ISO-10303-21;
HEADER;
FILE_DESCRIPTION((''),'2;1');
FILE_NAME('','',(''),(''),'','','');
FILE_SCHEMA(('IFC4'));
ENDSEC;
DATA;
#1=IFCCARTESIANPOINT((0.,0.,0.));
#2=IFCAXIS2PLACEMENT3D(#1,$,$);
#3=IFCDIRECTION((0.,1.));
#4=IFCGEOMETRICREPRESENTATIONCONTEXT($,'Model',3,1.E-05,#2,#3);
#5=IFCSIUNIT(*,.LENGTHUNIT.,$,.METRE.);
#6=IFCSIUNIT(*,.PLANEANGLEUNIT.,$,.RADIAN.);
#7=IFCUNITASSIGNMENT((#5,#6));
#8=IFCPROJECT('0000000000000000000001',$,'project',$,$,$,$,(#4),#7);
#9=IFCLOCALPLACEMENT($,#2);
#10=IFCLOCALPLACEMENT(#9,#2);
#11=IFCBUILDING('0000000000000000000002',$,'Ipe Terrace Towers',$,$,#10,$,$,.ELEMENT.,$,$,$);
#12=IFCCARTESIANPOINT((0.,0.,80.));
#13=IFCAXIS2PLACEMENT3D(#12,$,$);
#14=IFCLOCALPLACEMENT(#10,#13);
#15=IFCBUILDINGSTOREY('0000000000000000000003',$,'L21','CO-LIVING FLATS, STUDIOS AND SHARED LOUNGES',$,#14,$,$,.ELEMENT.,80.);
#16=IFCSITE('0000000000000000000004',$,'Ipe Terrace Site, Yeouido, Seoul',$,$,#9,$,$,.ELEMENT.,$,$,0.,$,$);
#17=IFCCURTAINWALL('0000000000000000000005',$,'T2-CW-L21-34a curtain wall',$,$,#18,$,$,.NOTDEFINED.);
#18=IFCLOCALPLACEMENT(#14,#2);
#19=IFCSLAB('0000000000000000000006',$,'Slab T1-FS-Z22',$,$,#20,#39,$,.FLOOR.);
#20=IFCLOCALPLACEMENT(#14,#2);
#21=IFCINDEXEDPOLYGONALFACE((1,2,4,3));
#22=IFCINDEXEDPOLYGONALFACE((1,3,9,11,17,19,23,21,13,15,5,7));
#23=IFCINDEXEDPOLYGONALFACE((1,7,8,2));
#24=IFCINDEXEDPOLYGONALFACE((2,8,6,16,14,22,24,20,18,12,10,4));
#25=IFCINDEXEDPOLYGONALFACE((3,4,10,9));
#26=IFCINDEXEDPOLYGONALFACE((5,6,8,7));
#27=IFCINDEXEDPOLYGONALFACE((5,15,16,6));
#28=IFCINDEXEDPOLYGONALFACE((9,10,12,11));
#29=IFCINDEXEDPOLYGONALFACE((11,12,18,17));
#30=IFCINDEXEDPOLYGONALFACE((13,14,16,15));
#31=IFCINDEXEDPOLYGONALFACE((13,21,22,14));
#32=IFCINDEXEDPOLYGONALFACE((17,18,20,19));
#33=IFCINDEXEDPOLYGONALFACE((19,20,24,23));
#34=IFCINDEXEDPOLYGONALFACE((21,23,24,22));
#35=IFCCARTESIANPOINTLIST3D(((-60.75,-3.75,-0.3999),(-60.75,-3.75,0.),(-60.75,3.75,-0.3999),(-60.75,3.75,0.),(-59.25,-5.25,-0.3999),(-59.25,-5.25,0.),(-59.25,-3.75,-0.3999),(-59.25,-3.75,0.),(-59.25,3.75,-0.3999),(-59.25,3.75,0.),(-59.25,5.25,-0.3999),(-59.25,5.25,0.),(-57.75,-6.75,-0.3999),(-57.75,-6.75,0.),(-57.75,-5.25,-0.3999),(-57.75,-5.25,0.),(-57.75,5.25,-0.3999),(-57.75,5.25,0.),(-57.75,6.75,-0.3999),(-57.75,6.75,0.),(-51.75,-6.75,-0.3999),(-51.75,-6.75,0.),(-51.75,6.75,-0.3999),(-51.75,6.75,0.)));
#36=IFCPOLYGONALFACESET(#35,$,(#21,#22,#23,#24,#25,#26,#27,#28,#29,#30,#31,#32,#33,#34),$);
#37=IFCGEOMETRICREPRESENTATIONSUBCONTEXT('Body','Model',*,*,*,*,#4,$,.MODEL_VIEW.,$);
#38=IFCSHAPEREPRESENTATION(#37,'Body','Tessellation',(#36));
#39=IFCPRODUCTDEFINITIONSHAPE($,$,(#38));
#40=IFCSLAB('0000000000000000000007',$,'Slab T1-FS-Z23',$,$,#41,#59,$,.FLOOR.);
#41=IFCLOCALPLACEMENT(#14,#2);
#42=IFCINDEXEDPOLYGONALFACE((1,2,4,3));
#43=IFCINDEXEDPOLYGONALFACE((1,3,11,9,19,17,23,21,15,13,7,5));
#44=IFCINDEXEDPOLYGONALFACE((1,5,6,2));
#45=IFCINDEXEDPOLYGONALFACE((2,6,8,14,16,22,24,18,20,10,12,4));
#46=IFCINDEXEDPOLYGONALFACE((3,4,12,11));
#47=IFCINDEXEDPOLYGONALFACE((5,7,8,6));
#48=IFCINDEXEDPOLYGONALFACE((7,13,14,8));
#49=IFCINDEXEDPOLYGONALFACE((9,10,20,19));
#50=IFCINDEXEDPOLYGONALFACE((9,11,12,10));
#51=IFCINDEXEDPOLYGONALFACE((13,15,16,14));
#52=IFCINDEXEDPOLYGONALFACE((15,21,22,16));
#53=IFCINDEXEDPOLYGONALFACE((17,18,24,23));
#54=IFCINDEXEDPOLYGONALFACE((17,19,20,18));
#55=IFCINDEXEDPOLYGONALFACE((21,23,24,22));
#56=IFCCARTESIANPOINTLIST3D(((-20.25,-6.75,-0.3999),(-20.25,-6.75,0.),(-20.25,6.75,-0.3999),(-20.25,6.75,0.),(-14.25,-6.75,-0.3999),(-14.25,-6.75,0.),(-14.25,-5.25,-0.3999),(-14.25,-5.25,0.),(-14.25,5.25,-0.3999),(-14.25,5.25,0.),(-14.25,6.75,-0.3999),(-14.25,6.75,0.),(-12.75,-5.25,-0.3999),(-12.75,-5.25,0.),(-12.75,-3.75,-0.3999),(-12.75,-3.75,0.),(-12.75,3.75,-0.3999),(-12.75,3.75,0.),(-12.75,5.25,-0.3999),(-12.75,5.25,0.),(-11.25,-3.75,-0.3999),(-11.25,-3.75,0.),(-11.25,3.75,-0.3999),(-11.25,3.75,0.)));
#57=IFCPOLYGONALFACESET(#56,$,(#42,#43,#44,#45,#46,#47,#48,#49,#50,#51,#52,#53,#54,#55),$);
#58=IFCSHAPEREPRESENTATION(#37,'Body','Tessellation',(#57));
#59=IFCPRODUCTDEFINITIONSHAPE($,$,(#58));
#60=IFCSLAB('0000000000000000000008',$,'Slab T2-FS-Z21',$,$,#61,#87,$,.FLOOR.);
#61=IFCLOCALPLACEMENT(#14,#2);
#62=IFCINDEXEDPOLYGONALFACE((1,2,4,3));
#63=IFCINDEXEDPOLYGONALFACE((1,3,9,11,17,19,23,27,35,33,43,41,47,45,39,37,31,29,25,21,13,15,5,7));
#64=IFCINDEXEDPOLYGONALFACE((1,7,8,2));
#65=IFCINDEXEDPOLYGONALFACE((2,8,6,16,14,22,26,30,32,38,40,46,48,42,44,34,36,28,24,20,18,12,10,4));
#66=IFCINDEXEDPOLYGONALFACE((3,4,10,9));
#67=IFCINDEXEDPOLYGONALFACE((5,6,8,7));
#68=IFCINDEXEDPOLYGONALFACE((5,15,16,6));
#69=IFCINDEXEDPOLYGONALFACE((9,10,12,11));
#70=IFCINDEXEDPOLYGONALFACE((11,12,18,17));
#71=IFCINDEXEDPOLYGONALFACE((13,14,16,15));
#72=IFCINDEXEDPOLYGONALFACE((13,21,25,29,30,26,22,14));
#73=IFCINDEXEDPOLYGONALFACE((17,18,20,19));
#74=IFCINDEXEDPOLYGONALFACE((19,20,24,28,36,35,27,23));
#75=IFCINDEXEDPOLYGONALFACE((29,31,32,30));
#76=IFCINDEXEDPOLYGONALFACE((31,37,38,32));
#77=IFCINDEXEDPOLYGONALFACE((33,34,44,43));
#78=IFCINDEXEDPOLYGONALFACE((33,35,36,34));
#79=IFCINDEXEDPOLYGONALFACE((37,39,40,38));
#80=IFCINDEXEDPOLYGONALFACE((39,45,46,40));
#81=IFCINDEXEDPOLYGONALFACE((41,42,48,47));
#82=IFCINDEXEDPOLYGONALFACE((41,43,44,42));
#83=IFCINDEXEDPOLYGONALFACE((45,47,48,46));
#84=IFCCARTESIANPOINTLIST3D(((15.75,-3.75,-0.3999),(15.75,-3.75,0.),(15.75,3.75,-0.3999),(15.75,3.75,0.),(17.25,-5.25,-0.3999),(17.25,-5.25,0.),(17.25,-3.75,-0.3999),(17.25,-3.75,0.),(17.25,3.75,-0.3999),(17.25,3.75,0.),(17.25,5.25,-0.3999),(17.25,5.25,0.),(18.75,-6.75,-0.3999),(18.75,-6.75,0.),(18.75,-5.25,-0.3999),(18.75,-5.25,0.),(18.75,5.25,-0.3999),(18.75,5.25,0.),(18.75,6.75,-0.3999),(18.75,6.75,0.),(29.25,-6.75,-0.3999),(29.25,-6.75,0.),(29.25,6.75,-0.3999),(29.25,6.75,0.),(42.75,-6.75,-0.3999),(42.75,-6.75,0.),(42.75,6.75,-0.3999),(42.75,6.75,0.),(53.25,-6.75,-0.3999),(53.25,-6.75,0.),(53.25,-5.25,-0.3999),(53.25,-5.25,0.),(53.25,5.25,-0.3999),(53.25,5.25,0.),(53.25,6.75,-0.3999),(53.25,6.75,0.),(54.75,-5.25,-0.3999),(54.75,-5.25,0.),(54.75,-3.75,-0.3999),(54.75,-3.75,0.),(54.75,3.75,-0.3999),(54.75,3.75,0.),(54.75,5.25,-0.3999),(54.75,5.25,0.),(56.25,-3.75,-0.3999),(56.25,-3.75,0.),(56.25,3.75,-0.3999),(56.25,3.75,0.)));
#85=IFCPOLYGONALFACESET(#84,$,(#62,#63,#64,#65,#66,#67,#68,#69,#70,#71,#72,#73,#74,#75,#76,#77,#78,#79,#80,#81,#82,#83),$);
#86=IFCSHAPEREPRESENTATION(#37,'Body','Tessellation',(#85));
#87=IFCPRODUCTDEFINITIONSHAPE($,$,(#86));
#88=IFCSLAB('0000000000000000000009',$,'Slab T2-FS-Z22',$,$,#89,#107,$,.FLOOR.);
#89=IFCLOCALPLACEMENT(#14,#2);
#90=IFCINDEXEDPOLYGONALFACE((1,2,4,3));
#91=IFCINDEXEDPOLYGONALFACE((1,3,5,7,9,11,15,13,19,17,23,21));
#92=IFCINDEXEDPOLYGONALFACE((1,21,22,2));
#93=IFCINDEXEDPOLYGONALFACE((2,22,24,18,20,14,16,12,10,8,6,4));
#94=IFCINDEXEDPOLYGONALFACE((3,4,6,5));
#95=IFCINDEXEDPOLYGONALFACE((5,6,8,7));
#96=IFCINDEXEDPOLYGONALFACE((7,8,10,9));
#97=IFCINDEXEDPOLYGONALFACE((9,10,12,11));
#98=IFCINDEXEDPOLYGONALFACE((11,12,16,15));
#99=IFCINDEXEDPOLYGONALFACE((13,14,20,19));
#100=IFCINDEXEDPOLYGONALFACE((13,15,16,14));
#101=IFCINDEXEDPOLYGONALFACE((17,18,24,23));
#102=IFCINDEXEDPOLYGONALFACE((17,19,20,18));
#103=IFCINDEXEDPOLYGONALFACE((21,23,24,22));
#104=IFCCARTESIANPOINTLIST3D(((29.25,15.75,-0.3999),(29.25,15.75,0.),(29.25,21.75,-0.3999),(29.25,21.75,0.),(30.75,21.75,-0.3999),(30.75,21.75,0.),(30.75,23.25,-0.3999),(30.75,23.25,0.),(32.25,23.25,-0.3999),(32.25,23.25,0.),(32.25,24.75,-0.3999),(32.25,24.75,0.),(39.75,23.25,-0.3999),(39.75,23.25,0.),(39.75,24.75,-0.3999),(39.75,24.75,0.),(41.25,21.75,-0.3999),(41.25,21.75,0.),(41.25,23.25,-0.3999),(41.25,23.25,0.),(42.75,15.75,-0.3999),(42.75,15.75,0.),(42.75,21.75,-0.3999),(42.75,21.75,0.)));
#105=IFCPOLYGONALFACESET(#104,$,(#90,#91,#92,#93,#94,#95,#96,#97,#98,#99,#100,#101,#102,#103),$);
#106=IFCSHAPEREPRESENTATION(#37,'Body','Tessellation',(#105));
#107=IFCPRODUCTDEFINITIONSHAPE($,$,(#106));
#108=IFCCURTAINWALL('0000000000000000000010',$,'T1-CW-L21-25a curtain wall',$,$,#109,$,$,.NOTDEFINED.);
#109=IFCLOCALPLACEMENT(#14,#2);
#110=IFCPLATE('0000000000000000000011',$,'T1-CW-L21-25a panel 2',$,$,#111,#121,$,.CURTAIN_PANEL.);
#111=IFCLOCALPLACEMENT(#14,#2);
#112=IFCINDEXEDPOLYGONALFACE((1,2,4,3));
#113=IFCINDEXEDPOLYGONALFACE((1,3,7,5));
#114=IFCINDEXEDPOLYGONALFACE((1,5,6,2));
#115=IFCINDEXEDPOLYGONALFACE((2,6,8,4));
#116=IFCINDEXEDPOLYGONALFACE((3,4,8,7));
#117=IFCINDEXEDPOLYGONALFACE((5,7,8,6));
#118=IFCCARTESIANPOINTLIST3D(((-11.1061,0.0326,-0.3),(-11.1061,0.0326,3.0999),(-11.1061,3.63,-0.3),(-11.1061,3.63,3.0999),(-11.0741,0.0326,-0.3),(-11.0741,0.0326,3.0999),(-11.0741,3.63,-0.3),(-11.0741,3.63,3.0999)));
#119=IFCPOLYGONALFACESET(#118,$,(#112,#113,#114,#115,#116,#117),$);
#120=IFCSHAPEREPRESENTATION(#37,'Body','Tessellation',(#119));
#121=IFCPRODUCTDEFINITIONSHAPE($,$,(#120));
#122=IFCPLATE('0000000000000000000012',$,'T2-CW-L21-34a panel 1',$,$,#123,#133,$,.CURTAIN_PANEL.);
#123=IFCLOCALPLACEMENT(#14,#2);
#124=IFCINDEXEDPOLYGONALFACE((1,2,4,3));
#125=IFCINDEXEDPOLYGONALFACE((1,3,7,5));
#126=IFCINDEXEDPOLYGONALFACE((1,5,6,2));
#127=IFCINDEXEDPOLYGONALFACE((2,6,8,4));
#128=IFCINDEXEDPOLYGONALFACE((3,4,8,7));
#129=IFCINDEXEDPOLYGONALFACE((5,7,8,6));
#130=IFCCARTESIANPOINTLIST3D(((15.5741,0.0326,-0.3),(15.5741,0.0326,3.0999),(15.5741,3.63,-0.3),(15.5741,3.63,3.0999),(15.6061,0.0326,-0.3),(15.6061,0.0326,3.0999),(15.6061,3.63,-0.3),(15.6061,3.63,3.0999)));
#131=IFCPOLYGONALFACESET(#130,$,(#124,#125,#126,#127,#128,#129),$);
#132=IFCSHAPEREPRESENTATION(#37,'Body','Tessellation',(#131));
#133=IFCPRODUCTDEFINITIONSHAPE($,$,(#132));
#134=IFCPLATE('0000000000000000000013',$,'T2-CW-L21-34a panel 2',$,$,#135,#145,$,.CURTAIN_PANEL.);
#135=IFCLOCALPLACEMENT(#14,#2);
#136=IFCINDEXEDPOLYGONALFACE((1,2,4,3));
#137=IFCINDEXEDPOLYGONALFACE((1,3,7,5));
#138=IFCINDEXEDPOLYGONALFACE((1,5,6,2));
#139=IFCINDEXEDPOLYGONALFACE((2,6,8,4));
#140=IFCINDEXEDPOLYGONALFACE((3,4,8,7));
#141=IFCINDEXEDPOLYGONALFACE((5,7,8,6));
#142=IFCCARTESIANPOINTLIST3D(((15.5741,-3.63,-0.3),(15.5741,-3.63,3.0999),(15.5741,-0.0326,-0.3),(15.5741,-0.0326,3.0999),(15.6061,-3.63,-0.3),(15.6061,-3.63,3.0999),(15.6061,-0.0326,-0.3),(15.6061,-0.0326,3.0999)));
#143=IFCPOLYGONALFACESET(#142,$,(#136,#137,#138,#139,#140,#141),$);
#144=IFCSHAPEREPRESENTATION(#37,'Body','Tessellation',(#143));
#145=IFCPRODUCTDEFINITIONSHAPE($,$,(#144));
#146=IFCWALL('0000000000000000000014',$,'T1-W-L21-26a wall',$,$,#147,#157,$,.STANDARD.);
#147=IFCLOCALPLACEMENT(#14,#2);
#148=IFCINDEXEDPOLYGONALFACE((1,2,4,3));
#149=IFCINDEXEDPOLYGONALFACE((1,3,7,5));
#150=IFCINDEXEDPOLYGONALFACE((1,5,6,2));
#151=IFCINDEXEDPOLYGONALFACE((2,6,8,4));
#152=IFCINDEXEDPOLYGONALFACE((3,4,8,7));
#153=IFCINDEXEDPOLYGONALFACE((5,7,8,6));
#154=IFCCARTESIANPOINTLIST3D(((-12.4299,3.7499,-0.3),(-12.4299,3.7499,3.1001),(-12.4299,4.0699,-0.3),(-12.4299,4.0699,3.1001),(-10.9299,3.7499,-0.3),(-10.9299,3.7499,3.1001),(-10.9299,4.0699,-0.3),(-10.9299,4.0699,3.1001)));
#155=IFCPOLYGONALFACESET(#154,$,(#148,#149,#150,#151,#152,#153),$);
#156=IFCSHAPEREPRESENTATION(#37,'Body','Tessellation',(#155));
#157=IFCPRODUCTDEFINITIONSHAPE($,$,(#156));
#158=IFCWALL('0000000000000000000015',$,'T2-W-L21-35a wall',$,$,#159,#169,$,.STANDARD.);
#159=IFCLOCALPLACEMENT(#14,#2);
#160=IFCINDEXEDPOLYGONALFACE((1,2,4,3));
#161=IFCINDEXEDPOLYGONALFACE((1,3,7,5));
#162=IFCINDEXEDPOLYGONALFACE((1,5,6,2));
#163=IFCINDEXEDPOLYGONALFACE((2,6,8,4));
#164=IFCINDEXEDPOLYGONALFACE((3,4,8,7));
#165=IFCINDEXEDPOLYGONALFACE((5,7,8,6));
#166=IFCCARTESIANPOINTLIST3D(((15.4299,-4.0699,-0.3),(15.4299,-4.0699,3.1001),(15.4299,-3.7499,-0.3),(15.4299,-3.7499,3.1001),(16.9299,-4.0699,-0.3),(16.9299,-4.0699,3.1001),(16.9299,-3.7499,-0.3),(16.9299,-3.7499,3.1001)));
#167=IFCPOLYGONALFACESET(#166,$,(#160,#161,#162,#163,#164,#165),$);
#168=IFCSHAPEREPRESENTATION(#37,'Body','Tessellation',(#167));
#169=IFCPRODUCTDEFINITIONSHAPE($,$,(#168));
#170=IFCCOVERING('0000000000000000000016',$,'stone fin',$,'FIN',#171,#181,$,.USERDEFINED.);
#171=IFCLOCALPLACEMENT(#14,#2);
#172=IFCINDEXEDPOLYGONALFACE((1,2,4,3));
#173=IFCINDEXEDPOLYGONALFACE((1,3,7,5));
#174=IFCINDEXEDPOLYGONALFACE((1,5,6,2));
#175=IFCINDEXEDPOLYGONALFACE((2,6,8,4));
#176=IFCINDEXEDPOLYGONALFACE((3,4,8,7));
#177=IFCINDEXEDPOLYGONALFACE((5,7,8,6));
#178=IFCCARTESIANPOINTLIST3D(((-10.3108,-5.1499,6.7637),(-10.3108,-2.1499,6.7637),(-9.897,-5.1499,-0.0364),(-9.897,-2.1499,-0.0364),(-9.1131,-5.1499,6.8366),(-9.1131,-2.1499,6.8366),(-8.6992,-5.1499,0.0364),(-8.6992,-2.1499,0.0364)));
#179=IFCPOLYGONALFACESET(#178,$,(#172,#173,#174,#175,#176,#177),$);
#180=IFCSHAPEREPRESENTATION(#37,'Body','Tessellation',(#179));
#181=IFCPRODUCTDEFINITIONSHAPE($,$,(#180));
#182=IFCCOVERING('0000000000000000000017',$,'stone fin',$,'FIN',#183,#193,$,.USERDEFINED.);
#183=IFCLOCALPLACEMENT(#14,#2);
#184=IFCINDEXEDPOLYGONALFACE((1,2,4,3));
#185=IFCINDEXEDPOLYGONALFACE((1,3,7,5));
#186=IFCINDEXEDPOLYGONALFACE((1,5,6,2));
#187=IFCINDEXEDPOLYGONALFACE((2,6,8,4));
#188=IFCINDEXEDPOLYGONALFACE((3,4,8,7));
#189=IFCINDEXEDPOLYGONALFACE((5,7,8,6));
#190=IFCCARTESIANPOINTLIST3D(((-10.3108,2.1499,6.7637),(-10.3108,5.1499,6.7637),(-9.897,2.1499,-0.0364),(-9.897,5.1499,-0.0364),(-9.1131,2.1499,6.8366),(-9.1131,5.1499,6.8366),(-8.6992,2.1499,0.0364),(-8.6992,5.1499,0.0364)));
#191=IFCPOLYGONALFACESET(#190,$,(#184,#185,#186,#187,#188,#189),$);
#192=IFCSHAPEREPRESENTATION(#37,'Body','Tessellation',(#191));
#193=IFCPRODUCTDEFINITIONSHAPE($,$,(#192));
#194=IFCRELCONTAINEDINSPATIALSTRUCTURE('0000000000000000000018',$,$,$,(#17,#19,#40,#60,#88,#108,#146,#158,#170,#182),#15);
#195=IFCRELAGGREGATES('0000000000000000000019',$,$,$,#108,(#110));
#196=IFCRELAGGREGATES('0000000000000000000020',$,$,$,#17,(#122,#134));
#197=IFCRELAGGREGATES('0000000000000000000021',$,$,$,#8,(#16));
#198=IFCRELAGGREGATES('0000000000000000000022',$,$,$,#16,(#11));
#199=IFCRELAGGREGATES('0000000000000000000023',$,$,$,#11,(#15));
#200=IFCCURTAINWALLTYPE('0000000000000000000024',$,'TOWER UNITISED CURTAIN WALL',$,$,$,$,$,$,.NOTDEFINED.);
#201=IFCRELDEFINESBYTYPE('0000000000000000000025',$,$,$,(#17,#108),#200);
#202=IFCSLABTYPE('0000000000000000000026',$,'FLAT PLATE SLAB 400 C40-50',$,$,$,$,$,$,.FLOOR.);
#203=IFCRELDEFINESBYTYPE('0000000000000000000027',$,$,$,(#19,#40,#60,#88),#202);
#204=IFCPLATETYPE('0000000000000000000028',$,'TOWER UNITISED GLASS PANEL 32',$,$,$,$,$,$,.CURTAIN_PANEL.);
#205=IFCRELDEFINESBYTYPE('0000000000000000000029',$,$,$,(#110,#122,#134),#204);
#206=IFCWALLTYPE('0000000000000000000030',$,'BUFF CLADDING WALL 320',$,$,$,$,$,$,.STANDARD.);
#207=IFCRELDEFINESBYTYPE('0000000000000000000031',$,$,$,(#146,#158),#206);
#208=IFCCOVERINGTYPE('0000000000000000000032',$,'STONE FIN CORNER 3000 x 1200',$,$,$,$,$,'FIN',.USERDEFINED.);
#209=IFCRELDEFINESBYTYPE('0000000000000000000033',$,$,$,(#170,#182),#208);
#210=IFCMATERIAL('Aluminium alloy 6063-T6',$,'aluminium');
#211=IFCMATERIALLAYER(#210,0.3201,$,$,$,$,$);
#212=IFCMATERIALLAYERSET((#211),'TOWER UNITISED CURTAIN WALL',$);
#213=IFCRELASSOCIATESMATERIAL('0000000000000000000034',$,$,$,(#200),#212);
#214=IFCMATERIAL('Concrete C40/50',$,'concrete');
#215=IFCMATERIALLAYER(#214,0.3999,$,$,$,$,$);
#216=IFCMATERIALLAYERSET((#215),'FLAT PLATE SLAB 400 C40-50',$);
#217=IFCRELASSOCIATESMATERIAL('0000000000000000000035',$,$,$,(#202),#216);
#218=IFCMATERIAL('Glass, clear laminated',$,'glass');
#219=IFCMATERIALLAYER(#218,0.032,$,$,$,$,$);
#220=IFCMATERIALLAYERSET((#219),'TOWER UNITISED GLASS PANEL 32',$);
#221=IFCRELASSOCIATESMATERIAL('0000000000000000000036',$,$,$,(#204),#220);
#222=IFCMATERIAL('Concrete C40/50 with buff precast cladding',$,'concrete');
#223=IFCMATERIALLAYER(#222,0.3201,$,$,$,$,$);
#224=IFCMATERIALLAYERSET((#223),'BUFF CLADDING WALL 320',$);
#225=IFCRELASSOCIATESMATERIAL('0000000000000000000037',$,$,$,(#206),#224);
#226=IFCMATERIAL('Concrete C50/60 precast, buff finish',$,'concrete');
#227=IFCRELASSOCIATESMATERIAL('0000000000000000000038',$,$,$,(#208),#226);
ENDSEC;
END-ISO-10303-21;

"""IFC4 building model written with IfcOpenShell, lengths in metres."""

from ifc_helpers import new_model, si_unit, direction, frame, frame_2d, origin, origin_2d, place, context, subcontext, project, spatial, polyline, rectangle, outline, extrude, material, layer, layer_set, material_profile, profile_set, type_object, element, aggregate, save


model = new_model("IFC4")

# Units and contexts
model_context = context("Model", 3, precision=1e-05, world=origin(), true_north=direction((0.0, 1.0)))
body_context = subcontext(model_context, "Body", "Model", "MODEL_VIEW")
ifc_project = project(units=[si_unit("LENGTHUNIT", "METRE"), si_unit("PLANEANGLEUNIT", "RADIAN")], contexts=[model_context])

# Site, building, storey
site_placement = place(None, origin())
site = spatial("IfcSite", under=ifc_project, at=site_placement, Name="Ipe Terrace Site, Yeouido, Seoul", CompositionType="ELEMENT", RefElevation=0.0)
building_placement = place(site_placement, origin())
building = spatial("IfcBuilding", under=site, at=building_placement, Name="Ipe Terrace Towers", CompositionType="ELEMENT")
storey_placement = place(building_placement, frame((0.0, 0.0, 80.0)))
storey = spatial("IfcBuildingStorey", under=building, at=storey_placement, Name="L21", Description="CO-LIVING FLATS, STUDIOS AND SHARED LOUNGES", CompositionType="ELEMENT", Elevation=80.0)

# Curtain wall
ifc_material_1 = material(Name="Aluminium alloy 6063-T6", Category="aluminium")
ifc_layer_1 = layer(ifc_material_1, 0.3201)
ifc_layer_set_1 = layer_set([ifc_layer_1], Name="TOWER UNITISED CURTAIN WALL")
curtain_wall_type = type_object("IfcCurtainWallType", Name="TOWER UNITISED CURTAIN WALL", PredefinedType="NOTDEFINED", material=ifc_layer_set_1)
curtain_wall_1_placement = place(storey_placement, origin())
curtain_wall_1 = element("IfcCurtainWall", 1, at=curtain_wall_1_placement, inside=storey, type_object=curtain_wall_type, Name="T2-CW-L21-34a curtain wall", PredefinedType="NOTDEFINED")

# Slabs
ifc_material_2 = material(Name="Concrete C40/50", Category="concrete")
ifc_layer_2 = layer(ifc_material_2, 0.3999)
ifc_layer_set_2 = layer_set([ifc_layer_2], Name="FLAT PLATE SLAB 400 C40-50")
slab_type_1 = type_object("IfcSlabType", Name="FLAT PLATE SLAB 400 C40-50", PredefinedType="FLOOR", material=ifc_layer_set_2)
slab_1_placement = place(storey_placement, frame((0.0, 0.0, -0.3999)))
element("IfcSlab", 2, at=slab_1_placement, inside=storey, type_object=slab_type_1, Name="Slab T1-FS-Z22", PredefinedType="FLOOR", context=body_context, shape_type="SweptSolid", body=[
    extrude(outline(polyline([(-57.75, -6.75), (-57.75, -5.25), (-59.25, -5.25), (-59.25, -3.75), (-60.75, -3.75), (-60.75, 3.75), (-59.25, 3.75), (-59.25, 5.25), (-57.75, 5.25), (-57.75, 6.75), (-51.75, 6.75), (-51.75, -6.75), (-57.75, -6.75)])), origin(), (0.0, 0.0, 1.0), 0.3999),
])
slab_2_placement = place(storey_placement, frame((0.0, 0.0, -0.3999)))
element("IfcSlab", 3, at=slab_2_placement, inside=storey, type_object=slab_type_1, Name="Slab T1-FS-Z23", PredefinedType="FLOOR", context=body_context, shape_type="SweptSolid", body=[
    extrude(outline(polyline([(-14.25, 5.25), (-12.75, 5.25), (-12.75, 3.75), (-11.25, 3.75), (-11.25, -3.75), (-12.75, -3.75), (-12.75, -5.25), (-14.25, -5.25), (-14.25, -6.75), (-20.25, -6.75), (-20.25, 6.75), (-14.25, 6.75), (-14.25, 5.25)])), origin(), (0.0, 0.0, 1.0), 0.3999),
])
slab_3_placement = place(storey_placement, frame((0.0, 0.0, -0.3999)))
element("IfcSlab", 4, at=slab_3_placement, inside=storey, type_object=slab_type_1, Name="Slab T2-FS-Z21", PredefinedType="FLOOR", context=body_context, shape_type="SweptSolid", body=[
    extrude(outline(polyline([(53.25, 5.25), (54.75, 5.25), (54.75, 3.75), (56.25, 3.75), (56.25, -3.75), (54.75, -3.75), (54.75, -5.25), (53.25, -5.25), (53.25, -6.75), (42.75, -6.75), (29.25, -6.75), (18.75, -6.75), (18.75, -5.25), (17.25, -5.25), (17.25, -3.75), (15.75, -3.75), (15.75, 3.75), (17.25, 3.75), (17.25, 5.25), (18.75, 5.25), (18.75, 6.75), (29.25, 6.75), (42.75, 6.75), (53.25, 6.75), (53.25, 5.25)])), origin(), (0.0, 0.0, 1.0), 0.3999),
])
slab_4_placement = place(storey_placement, frame((0.0, 0.0, -0.3999)))
element("IfcSlab", 5, at=slab_4_placement, inside=storey, type_object=slab_type_1, Name="Slab T2-FS-Z22", PredefinedType="FLOOR", context=body_context, shape_type="SweptSolid", body=[
    extrude(outline(polyline([(30.75, 21.75), (30.75, 23.25), (32.25, 23.25), (32.25, 24.75), (39.75, 24.75), (39.75, 23.25), (41.25, 23.25), (41.25, 21.75), (42.75, 21.75), (42.75, 15.75), (29.25, 15.75), (29.25, 21.75), (30.75, 21.75)])), origin(), (0.0, 0.0, 1.0), 0.3999),
])

# Curtain wall, plate
curtain_wall_2_placement = place(storey_placement, origin())
curtain_wall_2 = element("IfcCurtainWall", 6, at=curtain_wall_2_placement, inside=storey, type_object=curtain_wall_type, Name="T1-CW-L21-25a curtain wall", PredefinedType="NOTDEFINED")
ifc_material_3 = material(Name="Glass, clear laminated", Category="glass")
ifc_layer_3 = layer(ifc_material_3, 0.032)
ifc_layer_set_3 = layer_set([ifc_layer_3], Name="TOWER UNITISED GLASS PANEL 32")
plate_type = type_object("IfcPlateType", Name="TOWER UNITISED GLASS PANEL 32", PredefinedType="CURTAIN_PANEL", material=ifc_layer_set_3)
plate_1_placement = place(storey_placement, frame((-11.0901, 1.8313, -0.3), z_axis=(0.0, 0.0, 1.0), x_axis=(0.0, 1.0, 0.0)))
plate_1 = element("IfcPlate", 7, at=plate_1_placement, type_object=plate_type, Name="T1-CW-L21-25a panel 2", PredefinedType="CURTAIN_PANEL", context=body_context, shape_type="SweptSolid", body=[
    extrude(rectangle(XDim=3.5974, YDim=0.032, at=origin_2d()), origin(), (0.0, 0.0, 1.0), 3.3999),
])
aggregate(curtain_wall_2, [plate_1])

# Plates
plate_2_placement = place(storey_placement, frame((15.5901, 1.8313, -0.3), z_axis=(0.0, 0.0, 1.0), x_axis=(0.0, -1.0, 0.0)))
plate_2 = element("IfcPlate", 8, at=plate_2_placement, type_object=plate_type, Name="T2-CW-L21-34a panel 1", PredefinedType="CURTAIN_PANEL", context=body_context, shape_type="SweptSolid", body=[
    extrude(rectangle(XDim=3.5974, YDim=0.032, at=origin_2d()), origin(), (0.0, 0.0, 1.0), 3.3999),
])
plate_3_placement = place(storey_placement, frame((15.5901, -1.8313, -0.3), z_axis=(0.0, 0.0, 1.0), x_axis=(0.0, -1.0, 0.0)))
plate_3 = element("IfcPlate", 9, at=plate_3_placement, type_object=plate_type, Name="T2-CW-L21-34a panel 2", PredefinedType="CURTAIN_PANEL", context=body_context, shape_type="SweptSolid", body=[
    extrude(rectangle(XDim=3.5974, YDim=0.032, at=origin_2d()), origin(), (0.0, 0.0, 1.0), 3.3999),
])
aggregate(curtain_wall_1, [plate_2, plate_3])

# Walls
ifc_material_4 = material(Name="Concrete C40/50 with buff precast cladding", Category="concrete")
ifc_layer_4 = layer(ifc_material_4, 0.3201)
ifc_layer_set_4 = layer_set([ifc_layer_4], Name="BUFF CLADDING WALL 320")
wall_type = type_object("IfcWallType", Name="BUFF CLADDING WALL 320", PredefinedType="STANDARD", material=ifc_layer_set_4)
for number, where, z_axis, x_axis, name in (
    (10, (-10.9299, 3.9099, -0.3), (0.0, 0.0, 1.0), (-1.0, 0.0, 0.0), "T1-W-L21-26a wall"),
    (11, (15.4299, -3.9099, -0.3), (0.0, 0.0, 1.0), (1.0, 0.0, 0.0), "T2-W-L21-35a wall"),
):
    element("IfcWall", number, at=place(storey_placement, frame(where, z_axis=z_axis, x_axis=x_axis)), inside=storey, type_object=wall_type, Name=name, PredefinedType="STANDARD", context=body_context, shape_type="SweptSolid", body=[
        extrude(rectangle(XDim=1.5, YDim=0.3201, at=frame_2d((0.75, 0.0))), origin(), (0.0, 0.0, 1.0), 3.4001),
    ])

# Coverings
ifc_material_5 = material(Name="Concrete C50/60 precast, buff finish", Category="concrete")
ifc_material_profile_1 = material_profile(ifc_material_5, rectangle(XDim=3.0, YDim=1.2, at=origin_2d()), Name="STONE FIN CORNER 3000 x 1200")
ifc_profile_set_1 = profile_set([ifc_material_profile_1], Name="Concrete C50/60 precast, buff finish")
covering_type_1 = type_object("IfcCoveringType", Name="STONE FIN CORNER 3000 x 1200", ElementType="FIN", PredefinedType="USERDEFINED", material=ifc_profile_set_1)
for number, where, z_axis, x_axis, name in (
    (12, (-9.2981, -3.6499, 0.0), (-0.060743, 0.0, 0.998153), (0.0, 1.0, 0.0), "stone fin"),
    (13, (-9.2981, 3.6499, 0.0), (-0.060743, 0.0, 0.998153), (0.0, 1.0, 0.0), "stone fin"),
):
    element("IfcCovering", number, at=place(storey_placement, frame(where, z_axis=z_axis, x_axis=x_axis)), inside=storey, type_object=covering_type_1, Name=name, ObjectType="FIN", PredefinedType="USERDEFINED", context=body_context, shape_type="SweptSolid", body=[
        extrude(rectangle(XDim=3.0, YDim=1.2, at=origin_2d()), origin(), (0.0, 0.0, 1.0), 6.8127),
    ])

save(model, "model.ifc")
